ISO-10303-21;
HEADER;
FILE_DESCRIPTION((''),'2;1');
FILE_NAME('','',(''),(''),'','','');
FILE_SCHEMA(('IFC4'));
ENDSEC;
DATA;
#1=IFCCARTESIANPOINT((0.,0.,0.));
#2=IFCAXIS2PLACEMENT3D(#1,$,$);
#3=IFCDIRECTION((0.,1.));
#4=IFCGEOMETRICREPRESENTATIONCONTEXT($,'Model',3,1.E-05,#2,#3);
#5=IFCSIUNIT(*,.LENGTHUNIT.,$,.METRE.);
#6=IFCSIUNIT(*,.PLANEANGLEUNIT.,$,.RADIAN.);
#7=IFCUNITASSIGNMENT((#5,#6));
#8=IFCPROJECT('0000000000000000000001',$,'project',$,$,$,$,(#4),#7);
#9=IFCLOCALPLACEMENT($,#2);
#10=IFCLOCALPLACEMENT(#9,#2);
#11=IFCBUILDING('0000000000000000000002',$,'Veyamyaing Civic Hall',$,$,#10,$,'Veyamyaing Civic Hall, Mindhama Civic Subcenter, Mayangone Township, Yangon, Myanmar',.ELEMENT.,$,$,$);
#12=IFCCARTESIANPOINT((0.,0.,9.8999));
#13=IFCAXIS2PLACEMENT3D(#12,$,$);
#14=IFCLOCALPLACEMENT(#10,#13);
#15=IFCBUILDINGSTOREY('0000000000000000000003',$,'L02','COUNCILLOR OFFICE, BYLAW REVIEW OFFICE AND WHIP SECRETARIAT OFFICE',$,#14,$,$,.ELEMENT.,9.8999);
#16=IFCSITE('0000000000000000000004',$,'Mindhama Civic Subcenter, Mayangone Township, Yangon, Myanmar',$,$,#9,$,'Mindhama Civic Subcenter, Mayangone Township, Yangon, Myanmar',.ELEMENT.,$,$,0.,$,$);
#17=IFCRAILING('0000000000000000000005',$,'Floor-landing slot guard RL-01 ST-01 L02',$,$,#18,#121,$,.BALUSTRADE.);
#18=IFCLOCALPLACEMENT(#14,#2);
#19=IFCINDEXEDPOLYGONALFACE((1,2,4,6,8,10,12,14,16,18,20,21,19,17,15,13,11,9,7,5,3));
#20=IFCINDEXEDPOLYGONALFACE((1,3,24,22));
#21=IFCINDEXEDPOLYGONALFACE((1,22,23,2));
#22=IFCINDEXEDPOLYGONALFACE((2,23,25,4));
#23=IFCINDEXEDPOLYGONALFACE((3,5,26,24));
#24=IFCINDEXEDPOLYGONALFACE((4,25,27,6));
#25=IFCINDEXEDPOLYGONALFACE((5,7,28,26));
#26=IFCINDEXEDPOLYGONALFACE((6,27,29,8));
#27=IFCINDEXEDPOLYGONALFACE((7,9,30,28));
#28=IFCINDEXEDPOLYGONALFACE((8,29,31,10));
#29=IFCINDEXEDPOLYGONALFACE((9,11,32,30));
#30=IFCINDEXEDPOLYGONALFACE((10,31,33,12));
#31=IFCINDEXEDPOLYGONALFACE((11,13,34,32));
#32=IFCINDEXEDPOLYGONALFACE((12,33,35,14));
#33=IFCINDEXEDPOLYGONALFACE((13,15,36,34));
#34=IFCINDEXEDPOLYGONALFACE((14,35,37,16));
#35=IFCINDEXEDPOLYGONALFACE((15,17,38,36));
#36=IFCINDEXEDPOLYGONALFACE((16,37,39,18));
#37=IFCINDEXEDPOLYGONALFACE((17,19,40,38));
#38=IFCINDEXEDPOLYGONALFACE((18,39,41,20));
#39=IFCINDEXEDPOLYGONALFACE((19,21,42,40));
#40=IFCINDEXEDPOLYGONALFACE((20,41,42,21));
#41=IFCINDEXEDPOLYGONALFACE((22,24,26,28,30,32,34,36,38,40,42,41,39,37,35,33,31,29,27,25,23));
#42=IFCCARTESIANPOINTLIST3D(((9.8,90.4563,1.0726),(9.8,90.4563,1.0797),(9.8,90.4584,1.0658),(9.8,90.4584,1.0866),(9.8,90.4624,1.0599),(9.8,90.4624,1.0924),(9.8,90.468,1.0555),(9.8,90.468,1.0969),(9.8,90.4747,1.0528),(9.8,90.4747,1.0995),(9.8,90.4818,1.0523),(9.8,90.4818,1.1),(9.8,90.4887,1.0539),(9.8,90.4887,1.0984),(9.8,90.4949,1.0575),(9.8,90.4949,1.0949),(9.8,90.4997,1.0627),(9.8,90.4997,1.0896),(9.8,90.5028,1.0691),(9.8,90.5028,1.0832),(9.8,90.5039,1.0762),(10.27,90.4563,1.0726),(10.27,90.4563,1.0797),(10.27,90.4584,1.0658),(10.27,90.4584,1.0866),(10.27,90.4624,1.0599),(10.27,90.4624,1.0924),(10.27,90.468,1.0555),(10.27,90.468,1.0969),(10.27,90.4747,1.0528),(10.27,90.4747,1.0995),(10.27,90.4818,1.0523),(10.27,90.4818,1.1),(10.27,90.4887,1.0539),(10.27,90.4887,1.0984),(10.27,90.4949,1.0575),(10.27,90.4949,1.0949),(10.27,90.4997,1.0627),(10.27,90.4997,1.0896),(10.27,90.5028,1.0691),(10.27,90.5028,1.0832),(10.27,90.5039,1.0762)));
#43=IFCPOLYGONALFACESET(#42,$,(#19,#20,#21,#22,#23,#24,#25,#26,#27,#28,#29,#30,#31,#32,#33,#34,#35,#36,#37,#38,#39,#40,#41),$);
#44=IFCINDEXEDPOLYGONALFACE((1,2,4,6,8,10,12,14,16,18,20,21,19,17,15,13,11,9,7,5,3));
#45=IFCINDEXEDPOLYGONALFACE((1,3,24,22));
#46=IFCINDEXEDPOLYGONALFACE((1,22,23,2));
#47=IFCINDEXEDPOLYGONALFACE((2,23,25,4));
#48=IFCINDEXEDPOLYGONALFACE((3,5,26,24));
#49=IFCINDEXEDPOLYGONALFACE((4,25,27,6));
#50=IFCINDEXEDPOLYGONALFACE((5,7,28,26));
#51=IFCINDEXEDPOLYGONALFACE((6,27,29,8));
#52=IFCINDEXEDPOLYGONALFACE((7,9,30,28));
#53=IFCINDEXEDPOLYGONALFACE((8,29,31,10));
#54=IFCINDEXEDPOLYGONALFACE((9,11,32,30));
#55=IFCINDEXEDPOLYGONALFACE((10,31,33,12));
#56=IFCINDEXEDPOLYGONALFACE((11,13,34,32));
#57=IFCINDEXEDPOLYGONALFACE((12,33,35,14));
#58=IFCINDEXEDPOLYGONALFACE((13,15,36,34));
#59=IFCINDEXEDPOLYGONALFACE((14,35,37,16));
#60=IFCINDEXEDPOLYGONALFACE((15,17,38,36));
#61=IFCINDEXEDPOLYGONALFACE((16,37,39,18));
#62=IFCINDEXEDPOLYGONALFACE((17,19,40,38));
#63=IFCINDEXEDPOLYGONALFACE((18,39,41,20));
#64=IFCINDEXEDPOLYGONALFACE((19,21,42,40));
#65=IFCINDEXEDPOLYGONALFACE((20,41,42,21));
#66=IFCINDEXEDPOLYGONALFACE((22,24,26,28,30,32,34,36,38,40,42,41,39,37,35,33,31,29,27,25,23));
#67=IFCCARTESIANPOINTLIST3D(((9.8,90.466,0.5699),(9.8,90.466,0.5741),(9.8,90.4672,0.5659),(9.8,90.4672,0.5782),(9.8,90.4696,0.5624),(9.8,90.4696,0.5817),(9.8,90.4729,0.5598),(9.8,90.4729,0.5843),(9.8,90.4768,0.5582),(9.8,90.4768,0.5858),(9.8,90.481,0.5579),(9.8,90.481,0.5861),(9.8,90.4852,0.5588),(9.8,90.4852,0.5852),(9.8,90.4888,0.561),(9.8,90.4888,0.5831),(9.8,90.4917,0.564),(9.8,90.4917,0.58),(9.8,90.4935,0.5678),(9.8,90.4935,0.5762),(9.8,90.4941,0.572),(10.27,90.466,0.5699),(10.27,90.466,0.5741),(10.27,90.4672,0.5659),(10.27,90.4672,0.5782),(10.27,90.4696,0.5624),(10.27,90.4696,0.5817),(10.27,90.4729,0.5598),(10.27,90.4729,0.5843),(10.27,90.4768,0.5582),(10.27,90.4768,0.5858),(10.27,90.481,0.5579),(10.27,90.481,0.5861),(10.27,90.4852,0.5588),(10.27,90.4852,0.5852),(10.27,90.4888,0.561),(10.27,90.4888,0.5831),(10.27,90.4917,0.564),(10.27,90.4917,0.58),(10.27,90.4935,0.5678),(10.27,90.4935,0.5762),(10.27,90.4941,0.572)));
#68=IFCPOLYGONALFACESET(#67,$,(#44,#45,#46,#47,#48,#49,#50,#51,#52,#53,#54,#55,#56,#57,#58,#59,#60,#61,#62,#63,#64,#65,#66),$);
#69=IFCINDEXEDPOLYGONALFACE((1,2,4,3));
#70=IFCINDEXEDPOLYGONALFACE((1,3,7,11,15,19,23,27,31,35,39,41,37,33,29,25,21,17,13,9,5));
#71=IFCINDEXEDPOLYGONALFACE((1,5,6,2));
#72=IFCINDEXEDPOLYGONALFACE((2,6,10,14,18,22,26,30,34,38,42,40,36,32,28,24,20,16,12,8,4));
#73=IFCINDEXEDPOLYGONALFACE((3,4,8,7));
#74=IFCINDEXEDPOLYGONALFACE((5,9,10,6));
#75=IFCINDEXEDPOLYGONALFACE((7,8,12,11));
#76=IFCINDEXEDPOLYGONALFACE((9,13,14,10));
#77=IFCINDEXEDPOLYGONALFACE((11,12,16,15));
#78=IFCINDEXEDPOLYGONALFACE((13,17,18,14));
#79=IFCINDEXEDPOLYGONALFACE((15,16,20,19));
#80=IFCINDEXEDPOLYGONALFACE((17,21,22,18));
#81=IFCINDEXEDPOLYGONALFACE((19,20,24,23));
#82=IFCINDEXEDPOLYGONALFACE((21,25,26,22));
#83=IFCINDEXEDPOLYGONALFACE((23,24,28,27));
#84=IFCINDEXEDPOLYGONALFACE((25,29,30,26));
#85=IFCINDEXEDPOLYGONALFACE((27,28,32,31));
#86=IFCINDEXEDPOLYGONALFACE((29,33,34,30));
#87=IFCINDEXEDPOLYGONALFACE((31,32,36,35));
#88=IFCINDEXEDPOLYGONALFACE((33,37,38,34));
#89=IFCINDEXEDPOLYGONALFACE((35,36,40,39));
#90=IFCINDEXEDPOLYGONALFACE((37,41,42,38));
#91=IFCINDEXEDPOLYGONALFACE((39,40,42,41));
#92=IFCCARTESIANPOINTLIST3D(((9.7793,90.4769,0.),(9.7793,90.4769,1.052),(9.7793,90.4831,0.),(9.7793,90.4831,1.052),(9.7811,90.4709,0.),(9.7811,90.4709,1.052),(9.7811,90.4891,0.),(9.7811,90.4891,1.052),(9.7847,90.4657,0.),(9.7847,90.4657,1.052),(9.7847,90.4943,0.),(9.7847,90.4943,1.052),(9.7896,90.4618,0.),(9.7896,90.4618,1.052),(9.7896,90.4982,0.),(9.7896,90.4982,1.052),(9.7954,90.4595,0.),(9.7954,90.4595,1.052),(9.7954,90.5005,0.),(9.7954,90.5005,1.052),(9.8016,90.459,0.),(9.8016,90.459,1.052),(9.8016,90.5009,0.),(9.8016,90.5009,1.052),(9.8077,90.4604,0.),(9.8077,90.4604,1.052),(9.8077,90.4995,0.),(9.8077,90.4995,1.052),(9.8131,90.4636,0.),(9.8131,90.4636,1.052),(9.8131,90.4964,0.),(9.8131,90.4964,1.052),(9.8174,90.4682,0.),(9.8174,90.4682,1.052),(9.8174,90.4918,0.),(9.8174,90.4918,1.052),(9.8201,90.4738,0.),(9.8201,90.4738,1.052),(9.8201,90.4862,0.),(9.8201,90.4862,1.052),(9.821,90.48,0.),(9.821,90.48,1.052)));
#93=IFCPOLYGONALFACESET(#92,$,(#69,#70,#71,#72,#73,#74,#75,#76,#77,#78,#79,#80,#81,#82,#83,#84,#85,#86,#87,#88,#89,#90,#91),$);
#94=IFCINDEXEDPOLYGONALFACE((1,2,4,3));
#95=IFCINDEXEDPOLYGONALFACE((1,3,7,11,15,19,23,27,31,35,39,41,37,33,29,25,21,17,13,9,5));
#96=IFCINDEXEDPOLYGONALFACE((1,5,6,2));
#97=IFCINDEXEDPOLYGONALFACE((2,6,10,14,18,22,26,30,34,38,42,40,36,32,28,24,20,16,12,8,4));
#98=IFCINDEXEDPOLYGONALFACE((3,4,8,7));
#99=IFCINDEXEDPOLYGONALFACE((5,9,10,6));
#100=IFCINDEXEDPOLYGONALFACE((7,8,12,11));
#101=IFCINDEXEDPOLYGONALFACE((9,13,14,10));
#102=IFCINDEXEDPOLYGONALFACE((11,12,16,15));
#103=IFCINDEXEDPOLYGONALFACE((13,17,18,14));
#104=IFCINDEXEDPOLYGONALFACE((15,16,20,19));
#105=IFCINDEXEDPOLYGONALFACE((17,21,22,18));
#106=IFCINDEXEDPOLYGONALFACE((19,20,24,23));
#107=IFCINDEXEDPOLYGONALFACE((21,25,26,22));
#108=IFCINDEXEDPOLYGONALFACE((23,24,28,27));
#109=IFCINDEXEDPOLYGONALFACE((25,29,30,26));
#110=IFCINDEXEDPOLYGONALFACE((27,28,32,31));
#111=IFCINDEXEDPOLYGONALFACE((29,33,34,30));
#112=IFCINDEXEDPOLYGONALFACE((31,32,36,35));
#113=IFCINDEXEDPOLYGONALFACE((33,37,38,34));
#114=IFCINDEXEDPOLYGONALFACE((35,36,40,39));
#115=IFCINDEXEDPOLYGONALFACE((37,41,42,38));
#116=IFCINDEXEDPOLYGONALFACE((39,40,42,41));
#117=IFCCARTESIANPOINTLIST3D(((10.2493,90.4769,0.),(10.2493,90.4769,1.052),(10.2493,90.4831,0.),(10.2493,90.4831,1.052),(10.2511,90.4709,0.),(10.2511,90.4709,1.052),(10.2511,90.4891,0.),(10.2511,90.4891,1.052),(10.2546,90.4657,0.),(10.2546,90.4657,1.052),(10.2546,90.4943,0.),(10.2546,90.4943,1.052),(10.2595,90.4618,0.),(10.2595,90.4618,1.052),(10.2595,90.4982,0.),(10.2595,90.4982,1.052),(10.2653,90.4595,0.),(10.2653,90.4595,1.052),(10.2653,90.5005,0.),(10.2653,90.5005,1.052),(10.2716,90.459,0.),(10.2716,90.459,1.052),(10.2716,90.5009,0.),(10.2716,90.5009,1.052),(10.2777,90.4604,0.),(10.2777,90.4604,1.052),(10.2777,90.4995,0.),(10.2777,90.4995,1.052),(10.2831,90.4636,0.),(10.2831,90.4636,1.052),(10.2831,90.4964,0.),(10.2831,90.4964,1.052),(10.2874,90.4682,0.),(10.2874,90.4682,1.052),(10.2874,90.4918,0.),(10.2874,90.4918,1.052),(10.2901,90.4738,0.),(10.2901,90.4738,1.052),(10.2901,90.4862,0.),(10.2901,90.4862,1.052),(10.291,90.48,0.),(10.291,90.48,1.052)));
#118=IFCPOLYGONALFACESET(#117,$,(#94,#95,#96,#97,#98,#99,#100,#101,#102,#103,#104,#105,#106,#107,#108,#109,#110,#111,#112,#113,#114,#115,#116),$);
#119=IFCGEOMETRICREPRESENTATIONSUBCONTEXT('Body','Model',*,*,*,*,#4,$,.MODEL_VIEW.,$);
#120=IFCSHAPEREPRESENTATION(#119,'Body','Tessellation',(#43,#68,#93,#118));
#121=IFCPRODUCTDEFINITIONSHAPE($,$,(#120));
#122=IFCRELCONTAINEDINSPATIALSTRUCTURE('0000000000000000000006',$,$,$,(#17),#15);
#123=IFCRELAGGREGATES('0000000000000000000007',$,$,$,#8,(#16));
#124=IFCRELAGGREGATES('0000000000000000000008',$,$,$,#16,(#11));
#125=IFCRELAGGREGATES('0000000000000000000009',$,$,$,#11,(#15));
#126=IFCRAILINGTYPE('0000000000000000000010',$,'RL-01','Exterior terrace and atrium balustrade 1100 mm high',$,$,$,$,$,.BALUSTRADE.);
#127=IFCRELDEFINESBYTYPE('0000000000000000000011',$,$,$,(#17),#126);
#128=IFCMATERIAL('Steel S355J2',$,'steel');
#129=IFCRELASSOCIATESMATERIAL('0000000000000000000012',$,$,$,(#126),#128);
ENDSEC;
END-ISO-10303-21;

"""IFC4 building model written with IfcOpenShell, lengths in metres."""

from ifc_helpers import new_model, si_unit, direction, frame, origin, origin_2d, place, context, subcontext, project, spatial, circle, extrude, material, type_object, element, save


model = new_model("IFC4")

# Units and contexts
model_context = context("Model", 3, precision=1e-05, world=origin(), true_north=direction((0.0, 1.0)))
body_context = subcontext(model_context, "Body", "Model", "MODEL_VIEW")
ifc_project = project(units=[si_unit("LENGTHUNIT", "METRE"), si_unit("PLANEANGLEUNIT", "RADIAN")], contexts=[model_context])

# Site, building, storey
site_placement = place(None, origin())
site = spatial("IfcSite", under=ifc_project, at=site_placement, Name="Mindhama Civic Subcenter, Mayangone Township, Yangon, Myanmar", LongName="Mindhama Civic Subcenter, Mayangone Township, Yangon, Myanmar", CompositionType="ELEMENT", RefElevation=0.0)
building_placement = place(site_placement, origin())
building = spatial("IfcBuilding", under=site, at=building_placement, Name="Veyamyaing Civic Hall", LongName="Veyamyaing Civic Hall, Mindhama Civic Subcenter, Mayangone Township, Yangon, Myanmar", CompositionType="ELEMENT")
storey_placement = place(building_placement, frame((0.0, 0.0, 9.8999)))
storey = spatial("IfcBuildingStorey", under=building, at=storey_placement, Name="L02", Description="COUNCILLOR OFFICE, BYLAW REVIEW OFFICE AND WHIP SECRETARIAT OFFICE", CompositionType="ELEMENT", Elevation=9.8999)

# Railing
ifc_material_1 = material(Name="Steel S355J2", Category="steel")
railing_type_1 = type_object("IfcRailingType", Name="RL-01", Description="Exterior terrace and atrium balustrade 1100 mm high", PredefinedType="BALUSTRADE", material=ifc_material_1)
railing_1_placement = place(storey_placement, frame((9.8, 90.48, 0.0)))
element("IfcRailing", 1, at=railing_1_placement, inside=storey, type_object=railing_type_1, Name="Floor-landing slot guard RL-01 ST-01 L02", PredefinedType="BALUSTRADE", context=body_context, shape_type="SweptSolid", body=[
    extrude(circle(Radius=0.0239, at=origin_2d()), frame((0.0, 0.0, 1.0762), z_axis=(1.0, 0.0, 0.0), x_axis=(0.0, 1.0, 0.0)), (0.0, 0.0, 1.0), 0.47),
    extrude(circle(Radius=0.0142, at=origin_2d()), frame((0.0, 0.0, 0.572), z_axis=(1.0, 0.0, 0.0), x_axis=(0.0, 1.0, 0.0)), (0.0, 0.0, 1.0), 0.47),
    extrude(circle(Radius=0.021, at=origin_2d()), origin(), (0.0, 0.0, 1.0), 1.052),
    extrude(circle(Radius=0.021, at=origin_2d()), frame((0.47, 0.0, 0.0)), (0.0, 0.0, 1.0), 1.052),
])

save(model, "model.ifc")
